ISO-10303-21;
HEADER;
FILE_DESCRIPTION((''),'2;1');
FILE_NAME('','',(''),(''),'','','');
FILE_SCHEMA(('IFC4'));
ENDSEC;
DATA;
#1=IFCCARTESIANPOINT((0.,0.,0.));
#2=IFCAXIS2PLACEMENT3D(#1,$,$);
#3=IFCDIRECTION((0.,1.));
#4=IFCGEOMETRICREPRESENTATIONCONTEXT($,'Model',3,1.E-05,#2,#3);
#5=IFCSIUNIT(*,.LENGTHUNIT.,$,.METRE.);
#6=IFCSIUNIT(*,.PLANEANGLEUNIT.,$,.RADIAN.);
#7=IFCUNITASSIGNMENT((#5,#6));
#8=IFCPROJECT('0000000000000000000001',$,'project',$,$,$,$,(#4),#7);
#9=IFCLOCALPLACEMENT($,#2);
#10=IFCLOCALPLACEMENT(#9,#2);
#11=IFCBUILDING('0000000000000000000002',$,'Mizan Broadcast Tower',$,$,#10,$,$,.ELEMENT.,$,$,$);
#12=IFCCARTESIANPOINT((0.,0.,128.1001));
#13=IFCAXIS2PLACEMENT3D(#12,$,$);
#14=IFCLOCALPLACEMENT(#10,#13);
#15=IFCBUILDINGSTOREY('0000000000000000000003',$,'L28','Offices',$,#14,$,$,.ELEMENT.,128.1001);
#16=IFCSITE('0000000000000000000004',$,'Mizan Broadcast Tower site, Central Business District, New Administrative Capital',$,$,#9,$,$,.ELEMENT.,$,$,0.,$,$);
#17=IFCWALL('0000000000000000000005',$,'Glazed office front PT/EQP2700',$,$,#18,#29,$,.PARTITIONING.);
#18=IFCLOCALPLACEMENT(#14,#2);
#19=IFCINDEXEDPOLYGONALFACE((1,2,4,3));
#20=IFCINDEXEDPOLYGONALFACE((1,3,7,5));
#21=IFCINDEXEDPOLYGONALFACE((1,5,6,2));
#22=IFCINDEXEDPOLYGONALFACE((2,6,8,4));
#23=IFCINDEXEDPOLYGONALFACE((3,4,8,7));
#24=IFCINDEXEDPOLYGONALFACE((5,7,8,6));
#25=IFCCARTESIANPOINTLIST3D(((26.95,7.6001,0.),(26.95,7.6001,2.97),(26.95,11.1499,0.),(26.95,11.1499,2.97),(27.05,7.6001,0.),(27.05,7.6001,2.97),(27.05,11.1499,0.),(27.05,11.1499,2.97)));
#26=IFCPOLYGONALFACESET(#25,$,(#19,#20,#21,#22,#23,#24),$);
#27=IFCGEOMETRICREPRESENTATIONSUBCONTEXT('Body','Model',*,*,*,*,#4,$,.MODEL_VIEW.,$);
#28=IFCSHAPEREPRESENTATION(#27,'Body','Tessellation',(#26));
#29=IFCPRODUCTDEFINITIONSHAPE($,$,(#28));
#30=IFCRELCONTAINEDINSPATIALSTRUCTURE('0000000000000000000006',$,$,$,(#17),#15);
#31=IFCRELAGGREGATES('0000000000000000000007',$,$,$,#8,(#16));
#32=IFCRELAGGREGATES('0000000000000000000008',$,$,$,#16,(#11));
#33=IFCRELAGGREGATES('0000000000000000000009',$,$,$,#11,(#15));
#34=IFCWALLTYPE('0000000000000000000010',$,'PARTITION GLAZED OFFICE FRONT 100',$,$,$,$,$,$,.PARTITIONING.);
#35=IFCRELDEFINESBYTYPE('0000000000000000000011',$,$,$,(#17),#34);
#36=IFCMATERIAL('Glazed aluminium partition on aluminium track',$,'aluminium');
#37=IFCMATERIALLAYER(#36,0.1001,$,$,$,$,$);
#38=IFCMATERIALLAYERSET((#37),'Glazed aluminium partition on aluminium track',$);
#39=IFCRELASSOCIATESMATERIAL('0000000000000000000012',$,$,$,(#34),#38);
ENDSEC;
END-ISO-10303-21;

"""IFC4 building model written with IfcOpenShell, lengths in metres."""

from ifc_helpers import new_model, si_unit, direction, frame, frame_2d, origin, place, context, subcontext, project, spatial, rectangle, extrude, material, layer, layer_set, type_object, element, save


model = new_model("IFC4")

# Units and contexts
model_context = context("Model", 3, precision=1e-05, world=origin(), true_north=direction((0.0, 1.0)))
body_context = subcontext(model_context, "Body", "Model", "MODEL_VIEW")
ifc_project = project(units=[si_unit("LENGTHUNIT", "METRE"), si_unit("PLANEANGLEUNIT", "RADIAN")], contexts=[model_context])

# Site, building, storey
site_placement = place(None, origin())
site = spatial("IfcSite", under=ifc_project, at=site_placement, Name="Mizan Broadcast Tower site, Central Business District, New Administrative Capital", CompositionType="ELEMENT", RefElevation=0.0)
building_placement = place(site_placement, origin())
building = spatial("IfcBuilding", under=site, at=building_placement, Name="Mizan Broadcast Tower", CompositionType="ELEMENT")
storey_placement = place(building_placement, frame((0.0, 0.0, 128.1001)))
storey = spatial("IfcBuildingStorey", under=building, at=storey_placement, Name="L28", Description="Offices", CompositionType="ELEMENT", Elevation=128.1001)

# Shared definitions
ifc_material_1 = material(Name="Glazed aluminium partition on aluminium track", Category="aluminium")
ifc_layer_1 = layer(ifc_material_1, 0.1001)
ifc_layer_set_1 = layer_set([ifc_layer_1], Name="Glazed aluminium partition on aluminium track")
wall_type_1 = type_object("IfcWallType", Name="PARTITION GLAZED OFFICE FRONT 100", PredefinedType="PARTITIONING", material=ifc_layer_set_1)

# Wall
wall_1_placement = place(storey_placement, frame((27.0, 7.6001, 0.0), z_axis=(0.0, 0.0, 1.0), x_axis=(0.0, 1.0, 0.0)))
element("IfcWall", 1, at=wall_1_placement, inside=storey, type_object=wall_type_1, Name="Glazed office front PT/EQP2700", PredefinedType="PARTITIONING", context=body_context, shape_type="SweptSolid", body=[
    extrude(rectangle(XDim=3.5498, YDim=0.1001, at=frame_2d((1.7749, 0.0))), origin(), (0.0, 0.0, 1.0), 2.97),
])

save(model, "model.ifc")
